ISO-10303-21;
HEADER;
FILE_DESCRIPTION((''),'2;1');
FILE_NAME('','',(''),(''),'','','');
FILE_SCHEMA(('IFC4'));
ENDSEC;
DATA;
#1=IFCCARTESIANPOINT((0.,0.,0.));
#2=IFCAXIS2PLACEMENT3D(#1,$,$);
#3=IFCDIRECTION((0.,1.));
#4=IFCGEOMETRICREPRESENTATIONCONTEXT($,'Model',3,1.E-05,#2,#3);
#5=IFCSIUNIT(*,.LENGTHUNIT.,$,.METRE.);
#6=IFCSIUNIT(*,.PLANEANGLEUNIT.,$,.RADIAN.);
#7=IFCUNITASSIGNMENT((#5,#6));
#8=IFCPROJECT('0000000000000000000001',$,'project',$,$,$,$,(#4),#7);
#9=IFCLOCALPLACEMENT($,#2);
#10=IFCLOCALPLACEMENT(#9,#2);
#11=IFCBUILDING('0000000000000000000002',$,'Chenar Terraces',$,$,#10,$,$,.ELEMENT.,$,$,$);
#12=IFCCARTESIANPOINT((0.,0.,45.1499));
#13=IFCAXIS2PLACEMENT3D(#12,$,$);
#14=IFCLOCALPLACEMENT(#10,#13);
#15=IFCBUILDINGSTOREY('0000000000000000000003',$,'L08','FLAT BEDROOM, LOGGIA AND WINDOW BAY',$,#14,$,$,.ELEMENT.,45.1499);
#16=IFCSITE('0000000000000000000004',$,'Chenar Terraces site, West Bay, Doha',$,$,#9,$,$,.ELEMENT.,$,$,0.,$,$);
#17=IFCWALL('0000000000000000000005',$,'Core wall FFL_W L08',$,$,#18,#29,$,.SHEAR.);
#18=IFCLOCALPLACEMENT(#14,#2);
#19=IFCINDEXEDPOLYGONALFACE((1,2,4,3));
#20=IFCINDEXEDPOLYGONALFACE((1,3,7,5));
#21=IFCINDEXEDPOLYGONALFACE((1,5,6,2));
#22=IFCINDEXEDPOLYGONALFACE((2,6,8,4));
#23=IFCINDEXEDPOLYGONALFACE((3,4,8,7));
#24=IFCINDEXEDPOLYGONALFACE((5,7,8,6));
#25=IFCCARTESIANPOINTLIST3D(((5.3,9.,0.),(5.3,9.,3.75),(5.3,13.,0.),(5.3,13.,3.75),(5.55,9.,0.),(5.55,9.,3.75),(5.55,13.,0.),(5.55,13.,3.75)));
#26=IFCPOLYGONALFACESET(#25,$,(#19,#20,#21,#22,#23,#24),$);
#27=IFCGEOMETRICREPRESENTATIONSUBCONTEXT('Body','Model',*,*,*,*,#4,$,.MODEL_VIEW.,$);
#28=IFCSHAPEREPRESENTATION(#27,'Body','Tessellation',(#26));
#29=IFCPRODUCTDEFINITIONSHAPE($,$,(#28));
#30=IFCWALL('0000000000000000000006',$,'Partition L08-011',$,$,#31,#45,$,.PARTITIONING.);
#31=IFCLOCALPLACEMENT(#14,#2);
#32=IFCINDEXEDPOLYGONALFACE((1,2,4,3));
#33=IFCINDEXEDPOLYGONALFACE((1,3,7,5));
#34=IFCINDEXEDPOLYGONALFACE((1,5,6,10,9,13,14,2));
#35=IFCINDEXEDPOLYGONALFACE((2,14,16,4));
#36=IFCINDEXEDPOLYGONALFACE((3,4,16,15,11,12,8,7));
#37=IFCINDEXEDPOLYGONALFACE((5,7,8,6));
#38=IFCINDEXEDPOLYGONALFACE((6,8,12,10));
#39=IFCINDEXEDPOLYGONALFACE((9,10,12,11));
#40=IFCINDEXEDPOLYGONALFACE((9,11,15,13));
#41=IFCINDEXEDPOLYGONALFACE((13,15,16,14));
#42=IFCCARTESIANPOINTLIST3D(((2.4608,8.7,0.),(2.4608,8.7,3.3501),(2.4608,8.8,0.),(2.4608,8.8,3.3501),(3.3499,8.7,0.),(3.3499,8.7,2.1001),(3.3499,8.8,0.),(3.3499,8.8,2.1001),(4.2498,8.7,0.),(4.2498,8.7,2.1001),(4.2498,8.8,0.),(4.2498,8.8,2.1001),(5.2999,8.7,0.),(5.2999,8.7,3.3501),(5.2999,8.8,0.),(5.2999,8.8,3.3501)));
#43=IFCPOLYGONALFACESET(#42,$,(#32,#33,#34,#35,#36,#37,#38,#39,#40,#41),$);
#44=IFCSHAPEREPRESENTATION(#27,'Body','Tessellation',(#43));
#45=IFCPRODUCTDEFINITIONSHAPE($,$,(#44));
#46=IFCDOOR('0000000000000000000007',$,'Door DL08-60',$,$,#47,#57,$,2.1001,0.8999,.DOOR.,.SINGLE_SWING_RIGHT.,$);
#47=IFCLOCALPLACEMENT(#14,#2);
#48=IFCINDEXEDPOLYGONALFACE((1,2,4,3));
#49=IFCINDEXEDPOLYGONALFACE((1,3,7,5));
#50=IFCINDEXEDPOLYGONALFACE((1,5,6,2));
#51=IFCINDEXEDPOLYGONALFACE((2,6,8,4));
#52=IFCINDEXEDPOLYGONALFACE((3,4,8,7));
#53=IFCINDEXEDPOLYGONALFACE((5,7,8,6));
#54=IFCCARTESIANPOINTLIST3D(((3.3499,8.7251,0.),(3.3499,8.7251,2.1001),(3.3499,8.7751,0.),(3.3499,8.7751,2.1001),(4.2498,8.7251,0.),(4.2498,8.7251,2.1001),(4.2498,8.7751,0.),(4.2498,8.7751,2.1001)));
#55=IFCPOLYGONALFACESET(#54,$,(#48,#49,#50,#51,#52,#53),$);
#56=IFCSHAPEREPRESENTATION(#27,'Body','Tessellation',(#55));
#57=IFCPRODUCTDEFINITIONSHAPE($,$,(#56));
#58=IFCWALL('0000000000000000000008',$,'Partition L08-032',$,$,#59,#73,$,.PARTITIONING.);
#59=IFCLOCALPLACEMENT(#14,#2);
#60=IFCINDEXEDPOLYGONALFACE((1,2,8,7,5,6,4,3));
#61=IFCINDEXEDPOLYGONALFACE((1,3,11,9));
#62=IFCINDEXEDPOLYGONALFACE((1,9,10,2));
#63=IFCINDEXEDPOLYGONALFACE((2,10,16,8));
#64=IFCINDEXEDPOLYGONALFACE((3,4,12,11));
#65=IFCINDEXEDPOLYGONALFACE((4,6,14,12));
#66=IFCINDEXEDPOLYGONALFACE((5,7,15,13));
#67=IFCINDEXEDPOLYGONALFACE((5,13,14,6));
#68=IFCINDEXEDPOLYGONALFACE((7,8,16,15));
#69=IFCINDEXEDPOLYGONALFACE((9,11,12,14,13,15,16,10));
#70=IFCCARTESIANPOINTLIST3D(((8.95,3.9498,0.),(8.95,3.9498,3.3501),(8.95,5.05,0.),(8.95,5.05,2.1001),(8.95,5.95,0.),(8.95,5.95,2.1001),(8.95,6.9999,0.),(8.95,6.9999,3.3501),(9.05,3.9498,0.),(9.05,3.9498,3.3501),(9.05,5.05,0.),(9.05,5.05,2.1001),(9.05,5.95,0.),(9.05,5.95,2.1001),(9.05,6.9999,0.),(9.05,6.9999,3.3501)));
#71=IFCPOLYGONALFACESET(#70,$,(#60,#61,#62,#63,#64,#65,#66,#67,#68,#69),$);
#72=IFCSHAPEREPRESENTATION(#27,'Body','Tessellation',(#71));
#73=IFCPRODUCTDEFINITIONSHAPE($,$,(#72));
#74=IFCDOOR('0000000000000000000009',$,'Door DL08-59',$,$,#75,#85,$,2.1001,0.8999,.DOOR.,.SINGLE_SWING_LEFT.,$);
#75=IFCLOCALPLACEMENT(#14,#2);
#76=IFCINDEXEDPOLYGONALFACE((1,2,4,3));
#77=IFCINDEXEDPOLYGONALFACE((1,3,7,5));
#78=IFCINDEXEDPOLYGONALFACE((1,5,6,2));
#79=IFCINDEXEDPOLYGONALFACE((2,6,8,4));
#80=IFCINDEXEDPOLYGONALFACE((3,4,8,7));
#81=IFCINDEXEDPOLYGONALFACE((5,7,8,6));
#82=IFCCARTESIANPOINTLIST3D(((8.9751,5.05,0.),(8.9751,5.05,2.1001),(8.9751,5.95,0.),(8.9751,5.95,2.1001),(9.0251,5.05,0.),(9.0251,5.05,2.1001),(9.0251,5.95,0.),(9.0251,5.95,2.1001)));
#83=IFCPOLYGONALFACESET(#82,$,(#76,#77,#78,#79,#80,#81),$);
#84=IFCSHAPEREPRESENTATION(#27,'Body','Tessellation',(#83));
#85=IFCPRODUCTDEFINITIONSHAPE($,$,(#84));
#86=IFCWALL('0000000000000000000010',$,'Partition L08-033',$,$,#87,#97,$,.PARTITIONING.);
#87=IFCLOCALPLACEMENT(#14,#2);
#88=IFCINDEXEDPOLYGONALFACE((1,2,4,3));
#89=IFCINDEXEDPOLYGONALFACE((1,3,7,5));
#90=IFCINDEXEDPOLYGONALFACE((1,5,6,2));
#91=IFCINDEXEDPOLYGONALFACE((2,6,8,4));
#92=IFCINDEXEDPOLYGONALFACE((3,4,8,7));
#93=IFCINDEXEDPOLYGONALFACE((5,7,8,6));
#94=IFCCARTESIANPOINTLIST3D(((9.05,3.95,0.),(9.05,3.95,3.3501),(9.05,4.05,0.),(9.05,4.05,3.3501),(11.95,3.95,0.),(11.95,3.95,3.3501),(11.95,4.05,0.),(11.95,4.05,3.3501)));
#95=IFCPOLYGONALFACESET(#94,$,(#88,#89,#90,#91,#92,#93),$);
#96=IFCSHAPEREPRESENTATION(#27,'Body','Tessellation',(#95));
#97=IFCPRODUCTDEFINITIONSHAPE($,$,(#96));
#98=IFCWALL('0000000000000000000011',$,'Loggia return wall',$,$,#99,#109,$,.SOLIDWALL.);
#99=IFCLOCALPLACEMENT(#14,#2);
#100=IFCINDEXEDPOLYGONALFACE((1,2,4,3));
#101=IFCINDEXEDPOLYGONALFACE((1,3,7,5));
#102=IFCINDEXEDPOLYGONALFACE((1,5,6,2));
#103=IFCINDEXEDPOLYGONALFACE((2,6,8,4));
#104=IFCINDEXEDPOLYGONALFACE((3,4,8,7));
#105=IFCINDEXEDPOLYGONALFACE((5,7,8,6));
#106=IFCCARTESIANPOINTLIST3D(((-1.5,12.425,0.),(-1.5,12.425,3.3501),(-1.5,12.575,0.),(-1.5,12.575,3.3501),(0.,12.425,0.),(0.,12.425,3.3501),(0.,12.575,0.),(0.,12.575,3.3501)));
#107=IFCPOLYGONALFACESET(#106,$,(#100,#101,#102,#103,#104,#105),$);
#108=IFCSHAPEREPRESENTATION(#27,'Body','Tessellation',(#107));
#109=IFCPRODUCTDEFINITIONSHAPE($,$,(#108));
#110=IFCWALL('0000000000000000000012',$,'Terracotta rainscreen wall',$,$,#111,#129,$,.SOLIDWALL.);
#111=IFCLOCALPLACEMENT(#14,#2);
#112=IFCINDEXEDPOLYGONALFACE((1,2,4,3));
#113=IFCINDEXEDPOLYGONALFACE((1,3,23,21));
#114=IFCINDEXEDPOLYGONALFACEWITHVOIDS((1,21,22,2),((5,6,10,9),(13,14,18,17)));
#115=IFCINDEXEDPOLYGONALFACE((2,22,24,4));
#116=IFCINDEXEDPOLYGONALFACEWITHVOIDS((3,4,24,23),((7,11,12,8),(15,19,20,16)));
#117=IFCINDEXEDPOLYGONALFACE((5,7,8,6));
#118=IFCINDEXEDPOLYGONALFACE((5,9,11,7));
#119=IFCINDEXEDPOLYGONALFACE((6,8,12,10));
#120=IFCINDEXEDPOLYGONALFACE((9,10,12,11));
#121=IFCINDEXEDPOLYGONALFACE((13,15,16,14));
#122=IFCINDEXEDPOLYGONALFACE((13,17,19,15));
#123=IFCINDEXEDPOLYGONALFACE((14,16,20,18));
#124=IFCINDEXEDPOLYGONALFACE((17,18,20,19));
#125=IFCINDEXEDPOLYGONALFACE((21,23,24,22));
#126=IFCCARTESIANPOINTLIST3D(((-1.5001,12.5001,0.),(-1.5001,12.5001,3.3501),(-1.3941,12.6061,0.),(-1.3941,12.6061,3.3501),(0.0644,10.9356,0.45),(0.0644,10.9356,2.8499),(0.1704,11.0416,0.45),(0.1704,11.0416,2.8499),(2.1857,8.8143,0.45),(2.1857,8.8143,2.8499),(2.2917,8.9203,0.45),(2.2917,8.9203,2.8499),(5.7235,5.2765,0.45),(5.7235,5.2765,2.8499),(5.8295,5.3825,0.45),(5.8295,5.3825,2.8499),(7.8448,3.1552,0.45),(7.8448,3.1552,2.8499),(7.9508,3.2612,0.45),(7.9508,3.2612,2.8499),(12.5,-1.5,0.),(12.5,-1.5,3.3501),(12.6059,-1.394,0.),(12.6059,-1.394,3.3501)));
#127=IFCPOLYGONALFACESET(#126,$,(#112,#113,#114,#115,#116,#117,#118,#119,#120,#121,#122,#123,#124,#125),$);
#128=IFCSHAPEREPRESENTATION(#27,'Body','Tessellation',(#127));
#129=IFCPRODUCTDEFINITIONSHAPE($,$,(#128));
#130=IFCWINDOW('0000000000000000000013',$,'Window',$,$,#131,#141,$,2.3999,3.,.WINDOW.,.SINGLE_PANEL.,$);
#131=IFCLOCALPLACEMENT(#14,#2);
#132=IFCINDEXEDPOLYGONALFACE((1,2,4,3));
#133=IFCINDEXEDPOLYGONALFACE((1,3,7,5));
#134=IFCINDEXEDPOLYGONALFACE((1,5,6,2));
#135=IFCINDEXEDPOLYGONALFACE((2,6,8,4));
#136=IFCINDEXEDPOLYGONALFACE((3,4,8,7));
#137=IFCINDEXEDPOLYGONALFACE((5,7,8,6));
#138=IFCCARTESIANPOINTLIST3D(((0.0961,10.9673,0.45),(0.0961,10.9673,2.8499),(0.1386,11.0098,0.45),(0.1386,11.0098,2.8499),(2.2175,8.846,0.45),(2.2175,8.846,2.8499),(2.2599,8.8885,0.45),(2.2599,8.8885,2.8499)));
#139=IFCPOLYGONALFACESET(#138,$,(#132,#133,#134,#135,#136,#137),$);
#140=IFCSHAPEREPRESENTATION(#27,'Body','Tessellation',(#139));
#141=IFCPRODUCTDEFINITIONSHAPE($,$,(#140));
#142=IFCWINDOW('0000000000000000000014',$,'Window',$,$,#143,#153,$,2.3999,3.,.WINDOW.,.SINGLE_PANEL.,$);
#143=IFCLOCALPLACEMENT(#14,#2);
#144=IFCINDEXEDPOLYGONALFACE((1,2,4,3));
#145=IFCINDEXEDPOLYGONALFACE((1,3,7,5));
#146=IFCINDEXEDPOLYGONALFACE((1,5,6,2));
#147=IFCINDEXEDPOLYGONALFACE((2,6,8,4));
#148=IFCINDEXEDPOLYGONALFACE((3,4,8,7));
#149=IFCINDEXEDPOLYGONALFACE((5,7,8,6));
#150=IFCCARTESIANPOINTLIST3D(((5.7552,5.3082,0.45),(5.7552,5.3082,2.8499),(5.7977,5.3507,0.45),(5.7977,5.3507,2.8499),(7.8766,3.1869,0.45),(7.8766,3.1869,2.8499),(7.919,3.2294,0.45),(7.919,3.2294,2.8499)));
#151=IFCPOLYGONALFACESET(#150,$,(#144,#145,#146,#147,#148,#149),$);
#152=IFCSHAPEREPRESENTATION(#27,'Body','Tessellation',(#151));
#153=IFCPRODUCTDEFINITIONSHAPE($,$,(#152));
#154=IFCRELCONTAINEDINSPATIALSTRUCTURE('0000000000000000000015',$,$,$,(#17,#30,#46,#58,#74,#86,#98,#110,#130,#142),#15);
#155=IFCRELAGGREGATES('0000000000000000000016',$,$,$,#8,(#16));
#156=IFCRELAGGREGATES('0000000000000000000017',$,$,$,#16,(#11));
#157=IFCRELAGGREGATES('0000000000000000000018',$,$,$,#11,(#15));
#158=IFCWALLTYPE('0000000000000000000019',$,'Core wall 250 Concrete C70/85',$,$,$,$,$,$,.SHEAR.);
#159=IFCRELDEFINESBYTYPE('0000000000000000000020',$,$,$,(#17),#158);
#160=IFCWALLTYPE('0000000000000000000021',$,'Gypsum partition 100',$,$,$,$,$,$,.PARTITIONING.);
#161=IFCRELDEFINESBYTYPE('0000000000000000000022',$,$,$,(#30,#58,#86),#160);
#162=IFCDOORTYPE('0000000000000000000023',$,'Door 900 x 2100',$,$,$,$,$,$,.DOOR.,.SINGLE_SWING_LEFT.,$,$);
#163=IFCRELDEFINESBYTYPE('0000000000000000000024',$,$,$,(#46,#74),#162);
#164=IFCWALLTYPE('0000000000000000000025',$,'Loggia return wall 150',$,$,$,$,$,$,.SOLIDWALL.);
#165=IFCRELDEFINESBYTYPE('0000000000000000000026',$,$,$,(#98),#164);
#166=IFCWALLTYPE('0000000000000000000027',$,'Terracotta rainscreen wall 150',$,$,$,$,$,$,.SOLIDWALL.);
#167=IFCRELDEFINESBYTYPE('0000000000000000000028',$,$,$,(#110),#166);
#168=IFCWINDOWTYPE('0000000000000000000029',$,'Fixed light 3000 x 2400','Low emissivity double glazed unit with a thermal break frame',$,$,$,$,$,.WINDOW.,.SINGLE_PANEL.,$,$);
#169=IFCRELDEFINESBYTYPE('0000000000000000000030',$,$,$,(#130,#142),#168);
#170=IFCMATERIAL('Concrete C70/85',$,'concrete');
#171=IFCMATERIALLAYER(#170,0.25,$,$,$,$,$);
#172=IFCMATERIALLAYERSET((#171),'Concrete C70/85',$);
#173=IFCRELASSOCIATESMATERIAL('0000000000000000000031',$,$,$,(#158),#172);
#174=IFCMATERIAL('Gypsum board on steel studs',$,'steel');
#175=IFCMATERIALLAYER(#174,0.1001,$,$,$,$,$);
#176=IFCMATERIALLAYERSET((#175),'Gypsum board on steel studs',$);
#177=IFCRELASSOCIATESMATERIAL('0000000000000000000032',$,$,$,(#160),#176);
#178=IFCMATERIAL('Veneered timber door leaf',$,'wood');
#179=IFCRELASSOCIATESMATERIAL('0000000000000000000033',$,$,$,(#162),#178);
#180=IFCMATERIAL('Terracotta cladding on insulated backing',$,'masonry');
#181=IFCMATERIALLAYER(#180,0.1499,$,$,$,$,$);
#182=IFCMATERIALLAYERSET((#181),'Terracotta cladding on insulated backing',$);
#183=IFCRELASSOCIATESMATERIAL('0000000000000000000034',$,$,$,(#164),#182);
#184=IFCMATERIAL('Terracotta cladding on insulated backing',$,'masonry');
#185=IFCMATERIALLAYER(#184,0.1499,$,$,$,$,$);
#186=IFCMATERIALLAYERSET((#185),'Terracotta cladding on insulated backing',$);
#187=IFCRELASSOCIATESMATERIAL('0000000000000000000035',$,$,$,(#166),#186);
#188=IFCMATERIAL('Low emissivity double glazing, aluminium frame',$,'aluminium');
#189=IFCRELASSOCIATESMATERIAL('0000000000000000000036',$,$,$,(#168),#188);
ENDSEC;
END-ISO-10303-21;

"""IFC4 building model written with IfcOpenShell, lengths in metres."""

from ifc_helpers import new_model, si_unit, direction, frame, frame_2d, origin, place, context, subcontext, project, spatial, rectangle, extrude, material, layer, layer_set, type_object, element, fill, save


model = new_model("IFC4")

# Units and contexts
model_context = context("Model", 3, precision=1e-05, world=origin(), true_north=direction((0.0, 1.0)))
body_context = subcontext(model_context, "Body", "Model", "MODEL_VIEW")
ifc_project = project(units=[si_unit("LENGTHUNIT", "METRE"), si_unit("PLANEANGLEUNIT", "RADIAN")], contexts=[model_context])

# Site, building, storey
site_placement = place(None, origin())
site = spatial("IfcSite", under=ifc_project, at=site_placement, Name="Chenar Terraces site, West Bay, Doha", CompositionType="ELEMENT", RefElevation=0.0)
building_placement = place(site_placement, origin())
building = spatial("IfcBuilding", under=site, at=building_placement, Name="Chenar Terraces", CompositionType="ELEMENT")
storey_placement = place(building_placement, frame((0.0, 0.0, 45.1499)))
storey = spatial("IfcBuildingStorey", under=building, at=storey_placement, Name="L08", Description="FLAT BEDROOM, LOGGIA AND WINDOW BAY", CompositionType="ELEMENT", Elevation=45.1499)

# Shared definitions
ifc_material_1 = material(Name="Concrete C70/85", Category="concrete")
ifc_layer_1 = layer(ifc_material_1, 0.25)
ifc_layer_set_1 = layer_set([ifc_layer_1], Name="Concrete C70/85")
wall_type_1 = type_object("IfcWallType", Name="Core wall 250 Concrete C70/85", PredefinedType="SHEAR", material=ifc_layer_set_1)

# Wall
wall_1_placement = place(storey_placement, frame((5.425, 9.0, 0.0), z_axis=(0.0, 0.0, 1.0), x_axis=(0.0, 1.0, 0.0)))
element("IfcWall", 1, at=wall_1_placement, inside=storey, type_object=wall_type_1, Name="Core wall FFL_W L08", PredefinedType="SHEAR", context=body_context, shape_type="SweptSolid", body=[
    extrude(rectangle(XDim=4.0, YDim=0.25, at=frame_2d((2.0, 0.0))), origin(), (0.0, 0.0, 1.0), 3.75),
])

# Walls, openings, doors
ifc_material_2 = material(Name="Gypsum board on steel studs", Category="steel")
ifc_layer_2 = layer(ifc_material_2, 0.1001)
ifc_layer_set_2 = layer_set([ifc_layer_2], Name="Gypsum board on steel studs")
wall_type_2 = type_object("IfcWallType", Name="Gypsum partition 100", PredefinedType="PARTITIONING", material=ifc_layer_set_2)
wall_2_placement = place(storey_placement, frame((2.4609, 8.75, 0.0), z_axis=(0.0, 0.0, 1.0), x_axis=(1.0, 0.0, 0.0)))
wall_2 = element("IfcWall", 2, at=wall_2_placement, inside=storey, type_object=wall_type_2, Name="Partition L08-011", PredefinedType="PARTITIONING", context=body_context, shape_type="SweptSolid", body=[
    extrude(rectangle(XDim=2.8391, YDim=0.1001, at=frame_2d((1.4194, 0.0))), origin(), (0.0, 0.0, 1.0), 3.3501),
])
opening_1_placement = place(wall_2_placement, frame((0.8889, 0.0, 0.0)))
opening_1 = element("IfcOpeningElement", 3, at=opening_1_placement, cuts=wall_2, PredefinedType="OPENING", context=body_context, shape_type="SweptSolid", body=[
    extrude(rectangle(XDim=0.8999, YDim=2.1001, at=frame_2d((0.45, 1.05))), frame((0.0, 0.0601, 0.0), z_axis=(0.0, -1.0, 0.0), x_axis=(1.0, 0.0, 0.0)), (0.0, 0.0, 1.0), 0.1201),
])
ifc_material_3 = material(Name="Veneered timber door leaf", Category="wood")
door_type_1 = type_object("IfcDoorType", Name="Door 900 x 2100", OperationType="SINGLE_SWING_LEFT", PredefinedType="DOOR", material=ifc_material_3)
door_1_placement = place(opening_1_placement, frame((0.8999, 0.0, 0.0), z_axis=(0.0, 0.0, 1.0), x_axis=(-1.0, 0.0, 0.0)))
door_1 = element("IfcDoor", 4, at=door_1_placement, inside=storey, type_object=door_type_1, Name="Door DL08-60", OperationType="SINGLE_SWING_RIGHT", OverallHeight=2.1001, OverallWidth=0.8999, PredefinedType="DOOR", context=body_context, shape_type="SweptSolid", body=[
    extrude(rectangle(XDim=0.8999, YDim=2.1001, at=frame_2d((0.45, 1.05))), frame((0.0, 0.0249, 0.0), z_axis=(0.0, -1.0, 0.0), x_axis=(1.0, 0.0, 0.0)), (0.0, 0.0, 1.0), 0.05),
])
fill(opening_1, door_1)
wall_3_placement = place(storey_placement, frame((9.0, 3.95, 0.0), z_axis=(0.0, 0.0, 1.0), x_axis=(0.0, 1.0, 0.0)))
wall_3 = element("IfcWall", 5, at=wall_3_placement, inside=storey, type_object=wall_type_2, Name="Partition L08-032", PredefinedType="PARTITIONING", context=body_context, shape_type="SweptSolid", body=[
    extrude(rectangle(XDim=3.05, YDim=0.1001, at=frame_2d((1.5249, 0.0))), origin(), (0.0, 0.0, 1.0), 3.3501),
])
opening_2_placement = place(wall_3_placement, frame((1.1001, 0.0, 0.0)))
opening_2 = element("IfcOpeningElement", 6, at=opening_2_placement, cuts=wall_3, PredefinedType="OPENING", context=body_context, shape_type="SweptSolid", body=[
    extrude(rectangle(XDim=0.8999, YDim=2.1001, at=frame_2d((0.45, 1.05))), frame((0.0, 0.0601, 0.0), z_axis=(0.0, -1.0, 0.0), x_axis=(1.0, 0.0, 0.0)), (0.0, 0.0, 1.0), 0.1201),
])
door_2_placement = place(opening_2_placement, origin())
door_2 = element("IfcDoor", 7, at=door_2_placement, inside=storey, type_object=door_type_1, Name="Door DL08-59", OperationType="SINGLE_SWING_LEFT", OverallHeight=2.1001, OverallWidth=0.8999, PredefinedType="DOOR", context=body_context, shape_type="SweptSolid", body=[
    extrude(rectangle(XDim=0.8999, YDim=2.1001, at=frame_2d((0.45, 1.05))), frame((0.0, 0.0249, 0.0), z_axis=(0.0, -1.0, 0.0), x_axis=(1.0, 0.0, 0.0)), (0.0, 0.0, 1.0), 0.05),
])
fill(opening_2, door_2)

# Walls
wall_4_placement = place(storey_placement, frame((9.05, 4.0, 0.0), z_axis=(0.0, 0.0, 1.0), x_axis=(1.0, 0.0, 0.0)))
element("IfcWall", 8, at=wall_4_placement, inside=storey, type_object=wall_type_2, Name="Partition L08-033", PredefinedType="PARTITIONING", context=body_context, shape_type="SweptSolid", body=[
    extrude(rectangle(XDim=2.8999, YDim=0.1001, at=frame_2d((1.45, 0.0))), origin(), (0.0, 0.0, 1.0), 3.3501),
])
ifc_material_4 = material(Name="Terracotta cladding on insulated backing", Category="masonry")
ifc_layer_3 = layer(ifc_material_4, 0.1499)
ifc_layer_set_3 = layer_set([ifc_layer_3], Name="Terracotta cladding on insulated backing")
wall_type_3 = type_object("IfcWallType", Name="Loggia return wall 150", PredefinedType="SOLIDWALL", material=ifc_layer_set_3)
wall_5_placement = place(storey_placement, frame((-1.5, 12.5, 0.0), z_axis=(0.0, 0.0, 1.0), x_axis=(1.0, 0.0, 0.0)))
element("IfcWall", 9, at=wall_5_placement, inside=storey, type_object=wall_type_3, Name="Loggia return wall", PredefinedType="SOLIDWALL", context=body_context, shape_type="SweptSolid", body=[
    extrude(rectangle(XDim=1.5, YDim=0.1499, at=frame_2d((0.75, 0.0))), origin(), (0.0, 0.0, 1.0), 3.3501),
])

# Wall, openings, windows
ifc_material_5 = material(Name="Terracotta cladding on insulated backing", Category="masonry")
ifc_layer_4 = layer(ifc_material_5, 0.1499)
ifc_layer_set_4 = layer_set([ifc_layer_4], Name="Terracotta cladding on insulated backing")
wall_type_4 = type_object("IfcWallType", Name="Terracotta rainscreen wall 150", PredefinedType="SOLIDWALL", material=ifc_layer_set_4)
wall_6_placement = place(storey_placement, frame((-1.447, 12.553, 0.0), z_axis=(0.0, 0.0, 1.0), x_axis=(0.707107, -0.707107, 0.0)))
wall_6 = element("IfcWall", 10, at=wall_6_placement, inside=storey, type_object=wall_type_4, Name="Terracotta rainscreen wall", PredefinedType="SOLIDWALL", context=body_context, shape_type="SweptSolid", body=[
    extrude(rectangle(XDim=19.7991, YDim=0.1499, at=frame_2d((9.8994, 0.0))), origin(), (0.0, 0.0, 1.0), 3.3501),
])
opening_3_placement = place(wall_6_placement, frame((2.2124, 0.0, 0.45)))
opening_3 = element("IfcOpeningElement", 11, at=opening_3_placement, cuts=wall_6, PredefinedType="OPENING", context=body_context, shape_type="SweptSolid", body=[
    extrude(rectangle(XDim=3.0, YDim=2.3999, at=frame_2d((1.5, 1.2))), frame((0.0, 0.085, 0.0), z_axis=(0.0, -1.0, 0.0), x_axis=(1.0, 0.0, 0.0)), (0.0, 0.0, 1.0), 0.1699),
])
opening_4_placement = place(wall_6_placement, frame((10.2156, 0.0, 0.45)))
opening_4 = element("IfcOpeningElement", 12, at=opening_4_placement, cuts=wall_6, PredefinedType="OPENING", context=body_context, shape_type="SweptSolid", body=[
    extrude(rectangle(XDim=3.0, YDim=2.3999, at=frame_2d((1.5, 1.2))), frame((0.0, 0.085, 0.0), z_axis=(0.0, -1.0, 0.0), x_axis=(1.0, 0.0, 0.0)), (0.0, 0.0, 1.0), 0.1699),
])
ifc_material_6 = material(Name="Low emissivity double glazing, aluminium frame", Category="aluminium")
window_type = type_object("IfcWindowType", Name="Fixed light 3000 x 2400", Description="Low emissivity double glazed unit with a thermal break frame", PartitioningType="SINGLE_PANEL", PredefinedType="WINDOW", material=ifc_material_6)
window_1_placement = place(opening_3_placement, origin())
window_1 = element("IfcWindow", 13, at=window_1_placement, inside=storey, type_object=window_type, Name="Window", OverallHeight=2.3999, OverallWidth=3.0, PartitioningType="SINGLE_PANEL", PredefinedType="WINDOW", context=body_context, shape_type="SweptSolid", body=[
    extrude(rectangle(XDim=3.0, YDim=2.3999, at=frame_2d((1.5, 1.2))), frame((0.0, 0.03, 0.0), z_axis=(0.0, -1.0, 0.0), x_axis=(1.0, 0.0, 0.0)), (0.0, 0.0, 1.0), 0.0601),
])
fill(opening_3, window_1)
window_2_placement = place(opening_4_placement, origin())
window_2 = element("IfcWindow", 14, at=window_2_placement, inside=storey, type_object=window_type, Name="Window", OverallHeight=2.3999, OverallWidth=3.0, PartitioningType="SINGLE_PANEL", PredefinedType="WINDOW", context=body_context, shape_type="SweptSolid", body=[
    extrude(rectangle(XDim=3.0, YDim=2.3999, at=frame_2d((1.5, 1.2))), frame((0.0, 0.03, 0.0), z_axis=(0.0, -1.0, 0.0), x_axis=(1.0, 0.0, 0.0)), (0.0, 0.0, 1.0), 0.0601),
])
fill(opening_4, window_2)

save(model, "model.ifc")
